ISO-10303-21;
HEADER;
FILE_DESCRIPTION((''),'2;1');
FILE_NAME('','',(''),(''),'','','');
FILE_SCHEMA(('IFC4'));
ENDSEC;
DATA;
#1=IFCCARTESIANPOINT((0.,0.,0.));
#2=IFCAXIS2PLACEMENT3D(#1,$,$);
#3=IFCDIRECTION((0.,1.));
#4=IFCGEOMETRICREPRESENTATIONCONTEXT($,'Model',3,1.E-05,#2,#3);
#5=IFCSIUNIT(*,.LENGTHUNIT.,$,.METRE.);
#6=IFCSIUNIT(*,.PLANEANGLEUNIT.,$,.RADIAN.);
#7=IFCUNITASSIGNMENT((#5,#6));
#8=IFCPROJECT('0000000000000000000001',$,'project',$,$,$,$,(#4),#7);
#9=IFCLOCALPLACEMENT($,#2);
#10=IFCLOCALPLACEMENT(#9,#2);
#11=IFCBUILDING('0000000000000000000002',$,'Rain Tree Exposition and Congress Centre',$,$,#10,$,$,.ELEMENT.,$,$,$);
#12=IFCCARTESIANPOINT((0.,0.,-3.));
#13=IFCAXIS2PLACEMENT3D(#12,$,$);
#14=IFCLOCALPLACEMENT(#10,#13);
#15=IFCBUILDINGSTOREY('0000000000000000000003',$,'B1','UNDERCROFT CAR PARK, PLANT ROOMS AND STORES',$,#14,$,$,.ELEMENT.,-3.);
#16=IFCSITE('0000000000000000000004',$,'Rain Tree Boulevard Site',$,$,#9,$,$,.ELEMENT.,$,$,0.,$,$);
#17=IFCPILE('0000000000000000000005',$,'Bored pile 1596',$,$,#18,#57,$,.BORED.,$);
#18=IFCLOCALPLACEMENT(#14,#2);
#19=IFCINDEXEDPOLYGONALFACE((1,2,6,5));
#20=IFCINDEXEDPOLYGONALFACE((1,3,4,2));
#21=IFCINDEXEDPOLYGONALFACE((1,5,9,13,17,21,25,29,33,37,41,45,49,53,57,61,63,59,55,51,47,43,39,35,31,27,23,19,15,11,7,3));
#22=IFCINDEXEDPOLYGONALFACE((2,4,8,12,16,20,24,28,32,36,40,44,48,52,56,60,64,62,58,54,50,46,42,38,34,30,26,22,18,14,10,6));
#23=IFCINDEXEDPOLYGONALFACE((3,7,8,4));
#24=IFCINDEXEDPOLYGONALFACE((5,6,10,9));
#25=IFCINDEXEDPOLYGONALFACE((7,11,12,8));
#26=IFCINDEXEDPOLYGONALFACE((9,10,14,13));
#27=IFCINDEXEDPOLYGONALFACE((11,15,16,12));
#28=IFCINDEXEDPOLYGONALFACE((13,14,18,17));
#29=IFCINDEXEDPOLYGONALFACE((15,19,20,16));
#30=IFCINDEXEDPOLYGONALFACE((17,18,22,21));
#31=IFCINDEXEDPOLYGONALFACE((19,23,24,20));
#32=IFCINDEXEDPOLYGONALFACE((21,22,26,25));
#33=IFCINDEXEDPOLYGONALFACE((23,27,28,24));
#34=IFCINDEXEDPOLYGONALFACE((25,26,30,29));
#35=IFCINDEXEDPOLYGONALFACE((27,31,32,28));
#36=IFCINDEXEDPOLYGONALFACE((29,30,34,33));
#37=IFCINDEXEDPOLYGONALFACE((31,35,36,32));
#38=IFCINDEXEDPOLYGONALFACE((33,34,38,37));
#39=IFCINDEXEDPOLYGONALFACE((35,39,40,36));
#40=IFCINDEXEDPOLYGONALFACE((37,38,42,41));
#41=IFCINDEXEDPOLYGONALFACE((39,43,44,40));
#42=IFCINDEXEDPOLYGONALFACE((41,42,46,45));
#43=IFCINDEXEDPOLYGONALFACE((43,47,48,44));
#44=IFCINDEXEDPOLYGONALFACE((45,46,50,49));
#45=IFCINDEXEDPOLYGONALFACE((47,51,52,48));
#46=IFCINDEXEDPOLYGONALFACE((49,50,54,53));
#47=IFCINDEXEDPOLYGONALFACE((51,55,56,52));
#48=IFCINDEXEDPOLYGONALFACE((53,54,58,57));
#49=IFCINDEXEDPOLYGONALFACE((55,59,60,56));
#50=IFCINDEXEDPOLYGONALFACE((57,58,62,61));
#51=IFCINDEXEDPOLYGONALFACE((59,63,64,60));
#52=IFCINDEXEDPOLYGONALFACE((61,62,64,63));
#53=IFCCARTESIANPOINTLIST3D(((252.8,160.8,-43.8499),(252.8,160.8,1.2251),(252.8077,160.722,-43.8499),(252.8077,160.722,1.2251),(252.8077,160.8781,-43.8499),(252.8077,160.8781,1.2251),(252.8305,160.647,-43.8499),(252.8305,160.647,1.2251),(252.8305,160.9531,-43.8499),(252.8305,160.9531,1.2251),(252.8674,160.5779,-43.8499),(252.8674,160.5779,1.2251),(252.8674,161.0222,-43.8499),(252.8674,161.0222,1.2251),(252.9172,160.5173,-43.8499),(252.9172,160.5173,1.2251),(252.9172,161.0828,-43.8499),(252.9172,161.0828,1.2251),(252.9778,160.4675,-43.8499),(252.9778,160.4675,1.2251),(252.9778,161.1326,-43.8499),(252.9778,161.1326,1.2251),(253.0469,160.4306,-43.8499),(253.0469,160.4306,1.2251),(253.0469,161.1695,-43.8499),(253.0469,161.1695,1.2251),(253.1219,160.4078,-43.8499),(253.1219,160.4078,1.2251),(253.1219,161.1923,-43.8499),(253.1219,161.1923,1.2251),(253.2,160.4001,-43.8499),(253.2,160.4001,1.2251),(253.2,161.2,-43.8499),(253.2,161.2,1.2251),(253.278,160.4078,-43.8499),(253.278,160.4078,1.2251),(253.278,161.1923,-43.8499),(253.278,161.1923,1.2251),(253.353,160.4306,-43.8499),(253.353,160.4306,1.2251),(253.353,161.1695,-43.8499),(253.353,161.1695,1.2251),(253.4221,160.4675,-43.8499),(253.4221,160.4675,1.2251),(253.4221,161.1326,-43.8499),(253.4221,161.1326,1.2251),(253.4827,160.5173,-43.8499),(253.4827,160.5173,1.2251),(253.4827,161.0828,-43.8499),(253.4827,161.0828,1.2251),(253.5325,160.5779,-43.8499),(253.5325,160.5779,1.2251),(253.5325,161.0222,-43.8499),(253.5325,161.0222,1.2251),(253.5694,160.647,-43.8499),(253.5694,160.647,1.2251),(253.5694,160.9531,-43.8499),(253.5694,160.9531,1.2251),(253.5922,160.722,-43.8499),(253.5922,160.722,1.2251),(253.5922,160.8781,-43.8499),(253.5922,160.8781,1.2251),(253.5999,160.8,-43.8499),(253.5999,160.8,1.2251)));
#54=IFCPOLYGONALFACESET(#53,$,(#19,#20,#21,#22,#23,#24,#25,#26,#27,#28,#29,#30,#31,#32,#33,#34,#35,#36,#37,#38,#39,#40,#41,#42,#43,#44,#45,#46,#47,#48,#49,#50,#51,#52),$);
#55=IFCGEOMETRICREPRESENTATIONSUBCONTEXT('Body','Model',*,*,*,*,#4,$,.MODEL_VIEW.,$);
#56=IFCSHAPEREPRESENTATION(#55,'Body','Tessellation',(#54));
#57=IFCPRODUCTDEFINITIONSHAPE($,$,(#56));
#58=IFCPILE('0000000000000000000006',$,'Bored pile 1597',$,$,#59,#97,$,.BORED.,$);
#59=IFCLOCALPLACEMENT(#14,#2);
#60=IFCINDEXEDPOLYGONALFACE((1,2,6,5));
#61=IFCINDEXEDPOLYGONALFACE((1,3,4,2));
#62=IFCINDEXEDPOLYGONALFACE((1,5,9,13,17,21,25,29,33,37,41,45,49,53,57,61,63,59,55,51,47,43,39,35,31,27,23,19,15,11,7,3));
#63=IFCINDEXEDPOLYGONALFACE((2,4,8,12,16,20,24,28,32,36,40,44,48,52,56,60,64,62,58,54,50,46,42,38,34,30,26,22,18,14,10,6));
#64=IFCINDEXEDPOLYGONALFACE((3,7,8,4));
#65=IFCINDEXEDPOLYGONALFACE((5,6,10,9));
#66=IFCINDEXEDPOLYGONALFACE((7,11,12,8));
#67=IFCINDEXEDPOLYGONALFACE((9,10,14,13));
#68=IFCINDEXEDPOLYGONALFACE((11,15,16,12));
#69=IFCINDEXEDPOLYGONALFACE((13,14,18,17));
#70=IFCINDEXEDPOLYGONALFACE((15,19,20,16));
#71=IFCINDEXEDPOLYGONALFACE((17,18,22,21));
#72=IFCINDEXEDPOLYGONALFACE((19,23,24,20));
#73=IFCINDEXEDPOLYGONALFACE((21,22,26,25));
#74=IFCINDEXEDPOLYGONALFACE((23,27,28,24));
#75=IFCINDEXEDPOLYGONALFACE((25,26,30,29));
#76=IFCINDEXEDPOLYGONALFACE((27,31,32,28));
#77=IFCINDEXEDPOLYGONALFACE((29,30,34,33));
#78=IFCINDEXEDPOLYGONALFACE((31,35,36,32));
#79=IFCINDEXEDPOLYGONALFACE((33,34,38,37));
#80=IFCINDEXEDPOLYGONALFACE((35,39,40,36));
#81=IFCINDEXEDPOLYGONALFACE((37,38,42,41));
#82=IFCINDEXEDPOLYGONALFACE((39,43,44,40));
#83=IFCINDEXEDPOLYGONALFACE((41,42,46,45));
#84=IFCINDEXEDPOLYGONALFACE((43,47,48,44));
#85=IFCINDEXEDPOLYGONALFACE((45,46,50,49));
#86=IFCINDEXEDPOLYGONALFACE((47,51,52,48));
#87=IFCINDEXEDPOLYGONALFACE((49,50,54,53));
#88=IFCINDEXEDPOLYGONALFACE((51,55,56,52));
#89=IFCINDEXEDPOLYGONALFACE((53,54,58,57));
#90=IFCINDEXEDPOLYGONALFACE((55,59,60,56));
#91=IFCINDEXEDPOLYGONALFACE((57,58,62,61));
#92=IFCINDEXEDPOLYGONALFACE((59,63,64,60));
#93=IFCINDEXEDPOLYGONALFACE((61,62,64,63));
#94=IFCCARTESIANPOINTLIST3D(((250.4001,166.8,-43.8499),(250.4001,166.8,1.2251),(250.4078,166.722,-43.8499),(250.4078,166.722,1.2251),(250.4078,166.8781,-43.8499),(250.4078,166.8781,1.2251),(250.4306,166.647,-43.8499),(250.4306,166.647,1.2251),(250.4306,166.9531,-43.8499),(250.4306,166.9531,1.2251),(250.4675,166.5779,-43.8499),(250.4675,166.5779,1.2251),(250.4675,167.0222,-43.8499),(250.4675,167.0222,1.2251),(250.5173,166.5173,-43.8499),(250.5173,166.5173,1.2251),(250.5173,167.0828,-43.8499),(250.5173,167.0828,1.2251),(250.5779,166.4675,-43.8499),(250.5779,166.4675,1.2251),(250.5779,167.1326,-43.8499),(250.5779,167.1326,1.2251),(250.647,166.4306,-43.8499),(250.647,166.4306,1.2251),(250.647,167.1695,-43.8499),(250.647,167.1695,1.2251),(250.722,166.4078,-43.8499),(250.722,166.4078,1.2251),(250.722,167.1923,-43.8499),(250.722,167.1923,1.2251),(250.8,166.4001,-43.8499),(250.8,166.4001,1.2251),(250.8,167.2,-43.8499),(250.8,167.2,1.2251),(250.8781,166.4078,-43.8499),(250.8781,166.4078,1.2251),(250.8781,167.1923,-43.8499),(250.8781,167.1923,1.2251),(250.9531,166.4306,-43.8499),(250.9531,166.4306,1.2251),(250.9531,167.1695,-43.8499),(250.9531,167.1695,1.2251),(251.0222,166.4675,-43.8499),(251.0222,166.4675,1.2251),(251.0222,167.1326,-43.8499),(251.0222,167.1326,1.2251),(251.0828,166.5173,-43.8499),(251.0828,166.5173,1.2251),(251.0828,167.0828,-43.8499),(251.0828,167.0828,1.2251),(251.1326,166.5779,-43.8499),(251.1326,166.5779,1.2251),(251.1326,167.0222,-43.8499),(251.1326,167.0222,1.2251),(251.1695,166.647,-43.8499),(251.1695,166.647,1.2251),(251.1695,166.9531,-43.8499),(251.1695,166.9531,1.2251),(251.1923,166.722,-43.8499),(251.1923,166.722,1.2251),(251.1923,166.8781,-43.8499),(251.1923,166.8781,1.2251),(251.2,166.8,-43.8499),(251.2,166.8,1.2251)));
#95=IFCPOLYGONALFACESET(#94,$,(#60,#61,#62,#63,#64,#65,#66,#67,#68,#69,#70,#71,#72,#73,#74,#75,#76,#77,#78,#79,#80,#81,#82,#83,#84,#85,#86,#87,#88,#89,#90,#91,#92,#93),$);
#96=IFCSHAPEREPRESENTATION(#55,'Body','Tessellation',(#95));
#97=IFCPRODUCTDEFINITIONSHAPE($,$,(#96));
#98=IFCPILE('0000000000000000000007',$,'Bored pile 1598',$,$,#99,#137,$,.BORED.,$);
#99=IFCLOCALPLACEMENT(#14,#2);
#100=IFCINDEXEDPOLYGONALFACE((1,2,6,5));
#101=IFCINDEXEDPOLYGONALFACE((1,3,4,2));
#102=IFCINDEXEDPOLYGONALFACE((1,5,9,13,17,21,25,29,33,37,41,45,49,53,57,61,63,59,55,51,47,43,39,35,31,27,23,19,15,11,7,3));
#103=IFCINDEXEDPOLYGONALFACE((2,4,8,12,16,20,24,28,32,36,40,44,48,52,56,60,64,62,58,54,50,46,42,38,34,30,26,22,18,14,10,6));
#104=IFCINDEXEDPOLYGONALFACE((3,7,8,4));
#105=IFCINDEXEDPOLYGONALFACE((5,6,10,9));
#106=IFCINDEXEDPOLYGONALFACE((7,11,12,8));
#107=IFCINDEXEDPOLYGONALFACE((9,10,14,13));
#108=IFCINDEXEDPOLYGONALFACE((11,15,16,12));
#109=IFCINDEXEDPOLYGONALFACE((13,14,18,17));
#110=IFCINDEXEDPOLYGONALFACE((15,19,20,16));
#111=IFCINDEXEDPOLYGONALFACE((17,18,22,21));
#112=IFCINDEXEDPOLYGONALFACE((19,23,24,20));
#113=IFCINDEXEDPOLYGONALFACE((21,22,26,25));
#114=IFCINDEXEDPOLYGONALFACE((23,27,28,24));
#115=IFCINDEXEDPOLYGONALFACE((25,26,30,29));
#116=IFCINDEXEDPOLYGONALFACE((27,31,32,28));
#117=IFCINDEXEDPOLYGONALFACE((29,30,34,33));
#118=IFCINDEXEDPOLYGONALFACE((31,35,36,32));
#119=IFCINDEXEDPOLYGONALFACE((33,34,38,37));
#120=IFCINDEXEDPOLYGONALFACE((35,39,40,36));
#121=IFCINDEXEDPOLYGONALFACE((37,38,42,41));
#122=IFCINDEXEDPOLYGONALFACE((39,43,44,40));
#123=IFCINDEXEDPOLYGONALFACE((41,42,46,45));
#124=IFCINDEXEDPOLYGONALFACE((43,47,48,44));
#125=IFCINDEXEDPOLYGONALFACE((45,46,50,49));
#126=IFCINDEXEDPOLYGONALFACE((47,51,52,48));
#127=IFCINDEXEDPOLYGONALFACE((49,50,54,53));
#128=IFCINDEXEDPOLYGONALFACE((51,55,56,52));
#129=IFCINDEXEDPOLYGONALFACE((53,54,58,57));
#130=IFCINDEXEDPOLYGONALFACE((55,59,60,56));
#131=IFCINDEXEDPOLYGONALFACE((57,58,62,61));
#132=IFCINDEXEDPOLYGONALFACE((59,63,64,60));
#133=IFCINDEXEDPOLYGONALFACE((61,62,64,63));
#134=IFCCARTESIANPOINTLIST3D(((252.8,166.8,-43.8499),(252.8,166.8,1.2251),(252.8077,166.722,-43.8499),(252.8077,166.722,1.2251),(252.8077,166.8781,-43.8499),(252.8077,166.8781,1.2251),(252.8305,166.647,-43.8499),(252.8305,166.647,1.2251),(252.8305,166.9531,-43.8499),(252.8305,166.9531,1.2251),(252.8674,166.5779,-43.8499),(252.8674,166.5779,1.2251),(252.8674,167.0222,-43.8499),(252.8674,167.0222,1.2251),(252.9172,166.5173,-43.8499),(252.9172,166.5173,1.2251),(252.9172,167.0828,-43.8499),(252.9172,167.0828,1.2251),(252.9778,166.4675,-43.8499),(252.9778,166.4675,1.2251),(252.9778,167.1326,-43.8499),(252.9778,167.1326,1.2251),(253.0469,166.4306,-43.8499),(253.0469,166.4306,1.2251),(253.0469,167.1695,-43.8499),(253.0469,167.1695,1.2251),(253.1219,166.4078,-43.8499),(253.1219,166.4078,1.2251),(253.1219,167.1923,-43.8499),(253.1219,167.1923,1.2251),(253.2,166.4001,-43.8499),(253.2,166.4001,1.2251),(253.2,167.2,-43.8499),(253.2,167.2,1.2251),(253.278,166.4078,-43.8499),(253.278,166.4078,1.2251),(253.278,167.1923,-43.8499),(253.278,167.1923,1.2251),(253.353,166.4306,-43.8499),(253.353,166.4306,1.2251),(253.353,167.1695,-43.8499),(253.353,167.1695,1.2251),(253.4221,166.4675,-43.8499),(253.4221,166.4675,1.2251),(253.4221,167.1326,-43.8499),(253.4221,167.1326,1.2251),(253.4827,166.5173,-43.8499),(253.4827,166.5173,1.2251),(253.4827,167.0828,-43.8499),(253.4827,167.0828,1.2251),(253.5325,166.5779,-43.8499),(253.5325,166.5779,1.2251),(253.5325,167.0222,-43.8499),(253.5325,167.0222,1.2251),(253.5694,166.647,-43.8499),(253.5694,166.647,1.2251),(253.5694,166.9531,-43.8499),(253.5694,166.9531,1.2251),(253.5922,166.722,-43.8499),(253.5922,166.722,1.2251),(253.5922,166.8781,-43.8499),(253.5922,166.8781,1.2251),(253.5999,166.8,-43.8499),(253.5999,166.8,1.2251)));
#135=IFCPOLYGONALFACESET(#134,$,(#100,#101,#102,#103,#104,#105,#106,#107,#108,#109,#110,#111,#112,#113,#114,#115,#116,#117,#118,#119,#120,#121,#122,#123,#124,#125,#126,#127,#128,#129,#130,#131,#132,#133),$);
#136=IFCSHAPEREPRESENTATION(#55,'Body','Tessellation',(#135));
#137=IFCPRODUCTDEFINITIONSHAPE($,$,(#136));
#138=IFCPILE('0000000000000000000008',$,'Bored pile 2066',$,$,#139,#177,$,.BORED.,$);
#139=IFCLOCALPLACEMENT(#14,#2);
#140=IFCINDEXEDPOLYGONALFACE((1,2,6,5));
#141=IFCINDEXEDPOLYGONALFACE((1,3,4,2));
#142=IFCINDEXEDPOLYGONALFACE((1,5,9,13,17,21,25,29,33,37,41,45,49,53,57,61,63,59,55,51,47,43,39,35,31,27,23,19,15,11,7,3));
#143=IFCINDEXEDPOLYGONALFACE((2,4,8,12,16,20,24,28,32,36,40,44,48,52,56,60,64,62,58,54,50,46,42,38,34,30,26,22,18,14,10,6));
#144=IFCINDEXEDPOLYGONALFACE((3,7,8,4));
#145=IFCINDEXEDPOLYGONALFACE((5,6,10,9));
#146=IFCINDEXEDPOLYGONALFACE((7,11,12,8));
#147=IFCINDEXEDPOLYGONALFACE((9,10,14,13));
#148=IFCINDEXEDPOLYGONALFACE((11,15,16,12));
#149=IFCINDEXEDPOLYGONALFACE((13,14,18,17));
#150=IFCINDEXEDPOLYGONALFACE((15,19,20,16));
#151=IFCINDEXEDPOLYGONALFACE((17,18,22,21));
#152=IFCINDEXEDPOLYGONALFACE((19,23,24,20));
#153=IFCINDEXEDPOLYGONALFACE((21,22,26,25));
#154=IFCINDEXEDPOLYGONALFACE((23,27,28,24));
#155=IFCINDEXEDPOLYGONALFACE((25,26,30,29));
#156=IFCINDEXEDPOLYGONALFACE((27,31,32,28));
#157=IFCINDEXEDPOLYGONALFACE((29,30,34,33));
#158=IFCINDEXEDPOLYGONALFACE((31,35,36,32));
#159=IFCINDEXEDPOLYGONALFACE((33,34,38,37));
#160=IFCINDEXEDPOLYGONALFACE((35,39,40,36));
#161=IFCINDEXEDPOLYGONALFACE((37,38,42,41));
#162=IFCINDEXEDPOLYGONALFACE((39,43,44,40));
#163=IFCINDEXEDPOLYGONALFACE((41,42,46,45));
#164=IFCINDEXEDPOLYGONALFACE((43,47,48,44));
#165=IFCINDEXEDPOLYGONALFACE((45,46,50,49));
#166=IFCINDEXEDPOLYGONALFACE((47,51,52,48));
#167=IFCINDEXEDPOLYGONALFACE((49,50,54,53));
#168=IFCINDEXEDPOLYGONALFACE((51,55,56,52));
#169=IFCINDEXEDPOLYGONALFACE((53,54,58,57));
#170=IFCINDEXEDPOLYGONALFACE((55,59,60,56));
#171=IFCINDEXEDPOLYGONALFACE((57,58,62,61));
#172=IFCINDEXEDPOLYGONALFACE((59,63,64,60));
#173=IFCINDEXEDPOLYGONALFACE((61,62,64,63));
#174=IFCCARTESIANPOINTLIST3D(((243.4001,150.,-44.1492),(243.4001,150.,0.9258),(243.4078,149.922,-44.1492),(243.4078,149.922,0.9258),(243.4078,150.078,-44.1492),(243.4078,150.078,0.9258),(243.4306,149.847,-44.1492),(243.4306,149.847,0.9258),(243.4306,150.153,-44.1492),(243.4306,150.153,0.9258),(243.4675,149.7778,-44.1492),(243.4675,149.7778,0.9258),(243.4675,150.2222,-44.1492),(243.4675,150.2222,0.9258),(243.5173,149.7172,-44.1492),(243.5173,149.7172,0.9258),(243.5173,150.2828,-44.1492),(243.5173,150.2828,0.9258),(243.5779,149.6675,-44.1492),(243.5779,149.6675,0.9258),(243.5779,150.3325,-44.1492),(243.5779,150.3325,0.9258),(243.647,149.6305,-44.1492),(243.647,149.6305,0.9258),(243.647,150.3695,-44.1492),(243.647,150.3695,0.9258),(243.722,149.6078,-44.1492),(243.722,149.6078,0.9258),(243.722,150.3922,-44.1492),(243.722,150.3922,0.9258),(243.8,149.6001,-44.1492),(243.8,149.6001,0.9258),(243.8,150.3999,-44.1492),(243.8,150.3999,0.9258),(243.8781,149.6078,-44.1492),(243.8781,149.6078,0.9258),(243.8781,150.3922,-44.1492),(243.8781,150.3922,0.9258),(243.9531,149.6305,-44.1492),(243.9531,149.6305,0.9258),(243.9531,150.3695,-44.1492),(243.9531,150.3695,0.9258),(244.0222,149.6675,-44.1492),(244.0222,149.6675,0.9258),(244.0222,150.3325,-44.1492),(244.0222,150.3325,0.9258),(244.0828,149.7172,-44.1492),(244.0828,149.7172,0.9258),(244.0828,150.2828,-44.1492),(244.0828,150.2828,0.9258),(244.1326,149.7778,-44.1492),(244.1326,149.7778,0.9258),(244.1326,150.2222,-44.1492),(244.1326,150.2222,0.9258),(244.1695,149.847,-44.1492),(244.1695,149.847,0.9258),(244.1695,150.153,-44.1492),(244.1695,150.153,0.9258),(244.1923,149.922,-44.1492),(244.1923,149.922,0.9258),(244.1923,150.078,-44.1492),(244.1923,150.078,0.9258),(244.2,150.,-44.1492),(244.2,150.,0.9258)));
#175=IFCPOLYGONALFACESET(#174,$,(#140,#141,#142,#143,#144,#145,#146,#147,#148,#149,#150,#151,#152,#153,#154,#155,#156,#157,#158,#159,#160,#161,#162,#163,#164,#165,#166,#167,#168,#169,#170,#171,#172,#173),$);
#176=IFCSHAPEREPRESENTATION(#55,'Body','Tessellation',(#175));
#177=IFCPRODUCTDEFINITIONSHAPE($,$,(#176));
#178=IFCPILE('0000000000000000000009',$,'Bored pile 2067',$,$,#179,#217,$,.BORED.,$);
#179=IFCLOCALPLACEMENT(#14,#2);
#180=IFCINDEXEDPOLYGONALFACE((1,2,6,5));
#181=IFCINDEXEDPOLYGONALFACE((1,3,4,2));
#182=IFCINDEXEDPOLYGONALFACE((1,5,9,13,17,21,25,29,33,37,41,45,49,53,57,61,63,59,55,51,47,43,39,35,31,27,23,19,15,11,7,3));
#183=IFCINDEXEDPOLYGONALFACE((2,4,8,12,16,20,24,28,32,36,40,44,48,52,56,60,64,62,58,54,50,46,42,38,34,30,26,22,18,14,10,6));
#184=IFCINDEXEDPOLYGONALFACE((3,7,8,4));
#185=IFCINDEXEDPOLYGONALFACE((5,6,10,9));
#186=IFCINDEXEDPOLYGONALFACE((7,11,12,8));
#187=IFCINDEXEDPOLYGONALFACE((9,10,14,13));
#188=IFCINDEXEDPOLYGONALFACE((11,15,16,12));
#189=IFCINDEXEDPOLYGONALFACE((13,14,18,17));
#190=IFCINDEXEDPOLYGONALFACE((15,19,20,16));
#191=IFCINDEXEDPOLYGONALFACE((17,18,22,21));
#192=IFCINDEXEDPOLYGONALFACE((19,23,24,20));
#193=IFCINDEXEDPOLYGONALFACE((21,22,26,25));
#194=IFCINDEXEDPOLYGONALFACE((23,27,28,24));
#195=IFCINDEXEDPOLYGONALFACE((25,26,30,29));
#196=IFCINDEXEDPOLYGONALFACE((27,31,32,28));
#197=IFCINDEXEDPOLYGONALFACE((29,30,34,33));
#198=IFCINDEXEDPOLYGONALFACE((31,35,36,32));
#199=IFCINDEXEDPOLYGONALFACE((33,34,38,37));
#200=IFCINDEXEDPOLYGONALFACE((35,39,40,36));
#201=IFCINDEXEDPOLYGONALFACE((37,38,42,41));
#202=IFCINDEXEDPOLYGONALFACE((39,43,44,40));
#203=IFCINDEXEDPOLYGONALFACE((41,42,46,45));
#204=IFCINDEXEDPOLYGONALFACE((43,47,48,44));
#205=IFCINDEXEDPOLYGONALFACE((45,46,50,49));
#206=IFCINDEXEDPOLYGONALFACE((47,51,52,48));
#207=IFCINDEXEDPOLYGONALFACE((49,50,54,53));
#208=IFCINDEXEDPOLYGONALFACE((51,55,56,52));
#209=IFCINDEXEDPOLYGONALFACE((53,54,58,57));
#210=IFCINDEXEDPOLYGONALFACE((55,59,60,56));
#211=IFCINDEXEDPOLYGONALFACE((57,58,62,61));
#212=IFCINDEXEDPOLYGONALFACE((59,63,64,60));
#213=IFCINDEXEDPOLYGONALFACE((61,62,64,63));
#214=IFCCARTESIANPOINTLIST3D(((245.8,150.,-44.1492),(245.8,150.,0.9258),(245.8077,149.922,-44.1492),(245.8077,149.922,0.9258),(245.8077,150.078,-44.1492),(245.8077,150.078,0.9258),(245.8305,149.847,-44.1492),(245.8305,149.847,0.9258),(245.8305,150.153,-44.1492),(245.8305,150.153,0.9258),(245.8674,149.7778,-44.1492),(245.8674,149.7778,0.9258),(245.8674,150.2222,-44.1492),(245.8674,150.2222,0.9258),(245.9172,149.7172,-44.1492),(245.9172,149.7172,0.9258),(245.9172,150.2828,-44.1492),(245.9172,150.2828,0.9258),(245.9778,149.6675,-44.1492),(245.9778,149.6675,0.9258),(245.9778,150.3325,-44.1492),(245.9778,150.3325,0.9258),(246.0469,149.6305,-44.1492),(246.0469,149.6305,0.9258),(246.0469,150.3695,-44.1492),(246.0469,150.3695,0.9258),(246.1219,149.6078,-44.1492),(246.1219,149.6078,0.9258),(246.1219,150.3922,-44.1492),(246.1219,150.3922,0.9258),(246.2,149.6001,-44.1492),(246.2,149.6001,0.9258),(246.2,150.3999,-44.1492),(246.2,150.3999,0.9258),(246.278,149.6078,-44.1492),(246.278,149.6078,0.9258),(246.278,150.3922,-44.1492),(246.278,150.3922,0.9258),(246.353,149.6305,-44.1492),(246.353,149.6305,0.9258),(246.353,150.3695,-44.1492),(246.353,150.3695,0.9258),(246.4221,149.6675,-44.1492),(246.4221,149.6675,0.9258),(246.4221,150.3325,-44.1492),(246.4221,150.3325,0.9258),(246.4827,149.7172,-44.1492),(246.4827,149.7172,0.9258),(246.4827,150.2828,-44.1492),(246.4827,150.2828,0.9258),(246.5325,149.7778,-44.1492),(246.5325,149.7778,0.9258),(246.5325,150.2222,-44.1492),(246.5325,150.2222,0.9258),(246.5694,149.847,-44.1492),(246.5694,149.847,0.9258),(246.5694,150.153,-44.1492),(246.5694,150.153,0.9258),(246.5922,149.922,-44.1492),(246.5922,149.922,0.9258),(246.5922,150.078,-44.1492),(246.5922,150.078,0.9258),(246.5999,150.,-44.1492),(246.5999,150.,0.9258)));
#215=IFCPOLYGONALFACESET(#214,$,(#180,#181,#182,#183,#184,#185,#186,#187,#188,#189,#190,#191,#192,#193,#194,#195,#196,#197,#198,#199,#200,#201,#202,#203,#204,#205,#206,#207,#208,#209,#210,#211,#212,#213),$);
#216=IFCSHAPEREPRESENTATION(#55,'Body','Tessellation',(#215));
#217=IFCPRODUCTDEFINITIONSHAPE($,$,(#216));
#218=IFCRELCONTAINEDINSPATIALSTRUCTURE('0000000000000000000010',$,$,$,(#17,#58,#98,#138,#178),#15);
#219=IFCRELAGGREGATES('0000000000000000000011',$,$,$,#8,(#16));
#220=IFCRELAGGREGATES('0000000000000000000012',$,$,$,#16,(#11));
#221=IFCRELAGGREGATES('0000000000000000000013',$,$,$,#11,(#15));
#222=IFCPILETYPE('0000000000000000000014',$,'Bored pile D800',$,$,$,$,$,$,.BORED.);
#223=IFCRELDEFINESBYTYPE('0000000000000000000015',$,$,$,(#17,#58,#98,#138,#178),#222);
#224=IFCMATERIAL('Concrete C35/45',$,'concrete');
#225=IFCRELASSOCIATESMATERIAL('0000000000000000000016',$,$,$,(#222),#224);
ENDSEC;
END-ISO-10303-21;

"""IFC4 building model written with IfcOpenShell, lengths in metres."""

from ifc_helpers import new_model, si_unit, direction, frame, origin, origin_2d, place, context, subcontext, project, spatial, circle, extrude, material, material_profile, profile_set, type_object, element, save


model = new_model("IFC4")

# Units and contexts
model_context = context("Model", 3, precision=1e-05, world=origin(), true_north=direction((0.0, 1.0)))
body_context = subcontext(model_context, "Body", "Model", "MODEL_VIEW")
ifc_project = project(units=[si_unit("LENGTHUNIT", "METRE"), si_unit("PLANEANGLEUNIT", "RADIAN")], contexts=[model_context])

# Site, building, storey
site_placement = place(None, origin())
site = spatial("IfcSite", under=ifc_project, at=site_placement, Name="Rain Tree Boulevard Site", CompositionType="ELEMENT", RefElevation=0.0)
building_placement = place(site_placement, origin())
building = spatial("IfcBuilding", under=site, at=building_placement, Name="Rain Tree Exposition and Congress Centre", CompositionType="ELEMENT")
storey_placement = place(building_placement, frame((0.0, 0.0, -3.0)))
storey = spatial("IfcBuildingStorey", under=building, at=storey_placement, Name="B1", Description="UNDERCROFT CAR PARK, PLANT ROOMS AND STORES", CompositionType="ELEMENT", Elevation=-3.0)

# Piles
ifc_material_1 = material(Name="Concrete C35/45", Category="concrete")
ifc_material_profile_1 = material_profile(ifc_material_1, circle(Radius=0.3999, at=origin_2d()), Name="D800")
ifc_profile_set_1 = profile_set([ifc_material_profile_1], Name="Concrete C35/45")
pile_type_1 = type_object("IfcPileType", Name="Bored pile D800", PredefinedType="BORED", material=ifc_profile_set_1)
for number, where, z_axis, x_axis, name in (
    (1, (253.2, 160.8, 1.2251), (0.0, 0.0, -1.0), (1.0, 0.0, 0.0), "Bored pile 1596"),
    (2, (250.8, 166.8, 1.2251), (0.0, 0.0, -1.0), (1.0, 0.0, 0.0), "Bored pile 1597"),
    (3, (253.2, 166.8, 1.2251), (0.0, 0.0, -1.0), (1.0, 0.0, 0.0), "Bored pile 1598"),
    (4, (243.8, 150.0, 0.9258), (0.0, 0.0, -1.0), (1.0, 0.0, 0.0), "Bored pile 2066"),
    (5, (246.2, 150.0, 0.9258), (0.0, 0.0, -1.0), (1.0, 0.0, 0.0), "Bored pile 2067"),
):
    element("IfcPile", number, at=place(storey_placement, frame(where, z_axis=z_axis, x_axis=x_axis)), inside=storey, type_object=pile_type_1, Name=name, PredefinedType="BORED", context=body_context, shape_type="SweptSolid", body=[
        extrude(circle(Radius=0.3999, at=origin_2d()), origin(), (0.0, 0.0, 1.0), 45.075),
    ])

save(model, "model.ifc")
